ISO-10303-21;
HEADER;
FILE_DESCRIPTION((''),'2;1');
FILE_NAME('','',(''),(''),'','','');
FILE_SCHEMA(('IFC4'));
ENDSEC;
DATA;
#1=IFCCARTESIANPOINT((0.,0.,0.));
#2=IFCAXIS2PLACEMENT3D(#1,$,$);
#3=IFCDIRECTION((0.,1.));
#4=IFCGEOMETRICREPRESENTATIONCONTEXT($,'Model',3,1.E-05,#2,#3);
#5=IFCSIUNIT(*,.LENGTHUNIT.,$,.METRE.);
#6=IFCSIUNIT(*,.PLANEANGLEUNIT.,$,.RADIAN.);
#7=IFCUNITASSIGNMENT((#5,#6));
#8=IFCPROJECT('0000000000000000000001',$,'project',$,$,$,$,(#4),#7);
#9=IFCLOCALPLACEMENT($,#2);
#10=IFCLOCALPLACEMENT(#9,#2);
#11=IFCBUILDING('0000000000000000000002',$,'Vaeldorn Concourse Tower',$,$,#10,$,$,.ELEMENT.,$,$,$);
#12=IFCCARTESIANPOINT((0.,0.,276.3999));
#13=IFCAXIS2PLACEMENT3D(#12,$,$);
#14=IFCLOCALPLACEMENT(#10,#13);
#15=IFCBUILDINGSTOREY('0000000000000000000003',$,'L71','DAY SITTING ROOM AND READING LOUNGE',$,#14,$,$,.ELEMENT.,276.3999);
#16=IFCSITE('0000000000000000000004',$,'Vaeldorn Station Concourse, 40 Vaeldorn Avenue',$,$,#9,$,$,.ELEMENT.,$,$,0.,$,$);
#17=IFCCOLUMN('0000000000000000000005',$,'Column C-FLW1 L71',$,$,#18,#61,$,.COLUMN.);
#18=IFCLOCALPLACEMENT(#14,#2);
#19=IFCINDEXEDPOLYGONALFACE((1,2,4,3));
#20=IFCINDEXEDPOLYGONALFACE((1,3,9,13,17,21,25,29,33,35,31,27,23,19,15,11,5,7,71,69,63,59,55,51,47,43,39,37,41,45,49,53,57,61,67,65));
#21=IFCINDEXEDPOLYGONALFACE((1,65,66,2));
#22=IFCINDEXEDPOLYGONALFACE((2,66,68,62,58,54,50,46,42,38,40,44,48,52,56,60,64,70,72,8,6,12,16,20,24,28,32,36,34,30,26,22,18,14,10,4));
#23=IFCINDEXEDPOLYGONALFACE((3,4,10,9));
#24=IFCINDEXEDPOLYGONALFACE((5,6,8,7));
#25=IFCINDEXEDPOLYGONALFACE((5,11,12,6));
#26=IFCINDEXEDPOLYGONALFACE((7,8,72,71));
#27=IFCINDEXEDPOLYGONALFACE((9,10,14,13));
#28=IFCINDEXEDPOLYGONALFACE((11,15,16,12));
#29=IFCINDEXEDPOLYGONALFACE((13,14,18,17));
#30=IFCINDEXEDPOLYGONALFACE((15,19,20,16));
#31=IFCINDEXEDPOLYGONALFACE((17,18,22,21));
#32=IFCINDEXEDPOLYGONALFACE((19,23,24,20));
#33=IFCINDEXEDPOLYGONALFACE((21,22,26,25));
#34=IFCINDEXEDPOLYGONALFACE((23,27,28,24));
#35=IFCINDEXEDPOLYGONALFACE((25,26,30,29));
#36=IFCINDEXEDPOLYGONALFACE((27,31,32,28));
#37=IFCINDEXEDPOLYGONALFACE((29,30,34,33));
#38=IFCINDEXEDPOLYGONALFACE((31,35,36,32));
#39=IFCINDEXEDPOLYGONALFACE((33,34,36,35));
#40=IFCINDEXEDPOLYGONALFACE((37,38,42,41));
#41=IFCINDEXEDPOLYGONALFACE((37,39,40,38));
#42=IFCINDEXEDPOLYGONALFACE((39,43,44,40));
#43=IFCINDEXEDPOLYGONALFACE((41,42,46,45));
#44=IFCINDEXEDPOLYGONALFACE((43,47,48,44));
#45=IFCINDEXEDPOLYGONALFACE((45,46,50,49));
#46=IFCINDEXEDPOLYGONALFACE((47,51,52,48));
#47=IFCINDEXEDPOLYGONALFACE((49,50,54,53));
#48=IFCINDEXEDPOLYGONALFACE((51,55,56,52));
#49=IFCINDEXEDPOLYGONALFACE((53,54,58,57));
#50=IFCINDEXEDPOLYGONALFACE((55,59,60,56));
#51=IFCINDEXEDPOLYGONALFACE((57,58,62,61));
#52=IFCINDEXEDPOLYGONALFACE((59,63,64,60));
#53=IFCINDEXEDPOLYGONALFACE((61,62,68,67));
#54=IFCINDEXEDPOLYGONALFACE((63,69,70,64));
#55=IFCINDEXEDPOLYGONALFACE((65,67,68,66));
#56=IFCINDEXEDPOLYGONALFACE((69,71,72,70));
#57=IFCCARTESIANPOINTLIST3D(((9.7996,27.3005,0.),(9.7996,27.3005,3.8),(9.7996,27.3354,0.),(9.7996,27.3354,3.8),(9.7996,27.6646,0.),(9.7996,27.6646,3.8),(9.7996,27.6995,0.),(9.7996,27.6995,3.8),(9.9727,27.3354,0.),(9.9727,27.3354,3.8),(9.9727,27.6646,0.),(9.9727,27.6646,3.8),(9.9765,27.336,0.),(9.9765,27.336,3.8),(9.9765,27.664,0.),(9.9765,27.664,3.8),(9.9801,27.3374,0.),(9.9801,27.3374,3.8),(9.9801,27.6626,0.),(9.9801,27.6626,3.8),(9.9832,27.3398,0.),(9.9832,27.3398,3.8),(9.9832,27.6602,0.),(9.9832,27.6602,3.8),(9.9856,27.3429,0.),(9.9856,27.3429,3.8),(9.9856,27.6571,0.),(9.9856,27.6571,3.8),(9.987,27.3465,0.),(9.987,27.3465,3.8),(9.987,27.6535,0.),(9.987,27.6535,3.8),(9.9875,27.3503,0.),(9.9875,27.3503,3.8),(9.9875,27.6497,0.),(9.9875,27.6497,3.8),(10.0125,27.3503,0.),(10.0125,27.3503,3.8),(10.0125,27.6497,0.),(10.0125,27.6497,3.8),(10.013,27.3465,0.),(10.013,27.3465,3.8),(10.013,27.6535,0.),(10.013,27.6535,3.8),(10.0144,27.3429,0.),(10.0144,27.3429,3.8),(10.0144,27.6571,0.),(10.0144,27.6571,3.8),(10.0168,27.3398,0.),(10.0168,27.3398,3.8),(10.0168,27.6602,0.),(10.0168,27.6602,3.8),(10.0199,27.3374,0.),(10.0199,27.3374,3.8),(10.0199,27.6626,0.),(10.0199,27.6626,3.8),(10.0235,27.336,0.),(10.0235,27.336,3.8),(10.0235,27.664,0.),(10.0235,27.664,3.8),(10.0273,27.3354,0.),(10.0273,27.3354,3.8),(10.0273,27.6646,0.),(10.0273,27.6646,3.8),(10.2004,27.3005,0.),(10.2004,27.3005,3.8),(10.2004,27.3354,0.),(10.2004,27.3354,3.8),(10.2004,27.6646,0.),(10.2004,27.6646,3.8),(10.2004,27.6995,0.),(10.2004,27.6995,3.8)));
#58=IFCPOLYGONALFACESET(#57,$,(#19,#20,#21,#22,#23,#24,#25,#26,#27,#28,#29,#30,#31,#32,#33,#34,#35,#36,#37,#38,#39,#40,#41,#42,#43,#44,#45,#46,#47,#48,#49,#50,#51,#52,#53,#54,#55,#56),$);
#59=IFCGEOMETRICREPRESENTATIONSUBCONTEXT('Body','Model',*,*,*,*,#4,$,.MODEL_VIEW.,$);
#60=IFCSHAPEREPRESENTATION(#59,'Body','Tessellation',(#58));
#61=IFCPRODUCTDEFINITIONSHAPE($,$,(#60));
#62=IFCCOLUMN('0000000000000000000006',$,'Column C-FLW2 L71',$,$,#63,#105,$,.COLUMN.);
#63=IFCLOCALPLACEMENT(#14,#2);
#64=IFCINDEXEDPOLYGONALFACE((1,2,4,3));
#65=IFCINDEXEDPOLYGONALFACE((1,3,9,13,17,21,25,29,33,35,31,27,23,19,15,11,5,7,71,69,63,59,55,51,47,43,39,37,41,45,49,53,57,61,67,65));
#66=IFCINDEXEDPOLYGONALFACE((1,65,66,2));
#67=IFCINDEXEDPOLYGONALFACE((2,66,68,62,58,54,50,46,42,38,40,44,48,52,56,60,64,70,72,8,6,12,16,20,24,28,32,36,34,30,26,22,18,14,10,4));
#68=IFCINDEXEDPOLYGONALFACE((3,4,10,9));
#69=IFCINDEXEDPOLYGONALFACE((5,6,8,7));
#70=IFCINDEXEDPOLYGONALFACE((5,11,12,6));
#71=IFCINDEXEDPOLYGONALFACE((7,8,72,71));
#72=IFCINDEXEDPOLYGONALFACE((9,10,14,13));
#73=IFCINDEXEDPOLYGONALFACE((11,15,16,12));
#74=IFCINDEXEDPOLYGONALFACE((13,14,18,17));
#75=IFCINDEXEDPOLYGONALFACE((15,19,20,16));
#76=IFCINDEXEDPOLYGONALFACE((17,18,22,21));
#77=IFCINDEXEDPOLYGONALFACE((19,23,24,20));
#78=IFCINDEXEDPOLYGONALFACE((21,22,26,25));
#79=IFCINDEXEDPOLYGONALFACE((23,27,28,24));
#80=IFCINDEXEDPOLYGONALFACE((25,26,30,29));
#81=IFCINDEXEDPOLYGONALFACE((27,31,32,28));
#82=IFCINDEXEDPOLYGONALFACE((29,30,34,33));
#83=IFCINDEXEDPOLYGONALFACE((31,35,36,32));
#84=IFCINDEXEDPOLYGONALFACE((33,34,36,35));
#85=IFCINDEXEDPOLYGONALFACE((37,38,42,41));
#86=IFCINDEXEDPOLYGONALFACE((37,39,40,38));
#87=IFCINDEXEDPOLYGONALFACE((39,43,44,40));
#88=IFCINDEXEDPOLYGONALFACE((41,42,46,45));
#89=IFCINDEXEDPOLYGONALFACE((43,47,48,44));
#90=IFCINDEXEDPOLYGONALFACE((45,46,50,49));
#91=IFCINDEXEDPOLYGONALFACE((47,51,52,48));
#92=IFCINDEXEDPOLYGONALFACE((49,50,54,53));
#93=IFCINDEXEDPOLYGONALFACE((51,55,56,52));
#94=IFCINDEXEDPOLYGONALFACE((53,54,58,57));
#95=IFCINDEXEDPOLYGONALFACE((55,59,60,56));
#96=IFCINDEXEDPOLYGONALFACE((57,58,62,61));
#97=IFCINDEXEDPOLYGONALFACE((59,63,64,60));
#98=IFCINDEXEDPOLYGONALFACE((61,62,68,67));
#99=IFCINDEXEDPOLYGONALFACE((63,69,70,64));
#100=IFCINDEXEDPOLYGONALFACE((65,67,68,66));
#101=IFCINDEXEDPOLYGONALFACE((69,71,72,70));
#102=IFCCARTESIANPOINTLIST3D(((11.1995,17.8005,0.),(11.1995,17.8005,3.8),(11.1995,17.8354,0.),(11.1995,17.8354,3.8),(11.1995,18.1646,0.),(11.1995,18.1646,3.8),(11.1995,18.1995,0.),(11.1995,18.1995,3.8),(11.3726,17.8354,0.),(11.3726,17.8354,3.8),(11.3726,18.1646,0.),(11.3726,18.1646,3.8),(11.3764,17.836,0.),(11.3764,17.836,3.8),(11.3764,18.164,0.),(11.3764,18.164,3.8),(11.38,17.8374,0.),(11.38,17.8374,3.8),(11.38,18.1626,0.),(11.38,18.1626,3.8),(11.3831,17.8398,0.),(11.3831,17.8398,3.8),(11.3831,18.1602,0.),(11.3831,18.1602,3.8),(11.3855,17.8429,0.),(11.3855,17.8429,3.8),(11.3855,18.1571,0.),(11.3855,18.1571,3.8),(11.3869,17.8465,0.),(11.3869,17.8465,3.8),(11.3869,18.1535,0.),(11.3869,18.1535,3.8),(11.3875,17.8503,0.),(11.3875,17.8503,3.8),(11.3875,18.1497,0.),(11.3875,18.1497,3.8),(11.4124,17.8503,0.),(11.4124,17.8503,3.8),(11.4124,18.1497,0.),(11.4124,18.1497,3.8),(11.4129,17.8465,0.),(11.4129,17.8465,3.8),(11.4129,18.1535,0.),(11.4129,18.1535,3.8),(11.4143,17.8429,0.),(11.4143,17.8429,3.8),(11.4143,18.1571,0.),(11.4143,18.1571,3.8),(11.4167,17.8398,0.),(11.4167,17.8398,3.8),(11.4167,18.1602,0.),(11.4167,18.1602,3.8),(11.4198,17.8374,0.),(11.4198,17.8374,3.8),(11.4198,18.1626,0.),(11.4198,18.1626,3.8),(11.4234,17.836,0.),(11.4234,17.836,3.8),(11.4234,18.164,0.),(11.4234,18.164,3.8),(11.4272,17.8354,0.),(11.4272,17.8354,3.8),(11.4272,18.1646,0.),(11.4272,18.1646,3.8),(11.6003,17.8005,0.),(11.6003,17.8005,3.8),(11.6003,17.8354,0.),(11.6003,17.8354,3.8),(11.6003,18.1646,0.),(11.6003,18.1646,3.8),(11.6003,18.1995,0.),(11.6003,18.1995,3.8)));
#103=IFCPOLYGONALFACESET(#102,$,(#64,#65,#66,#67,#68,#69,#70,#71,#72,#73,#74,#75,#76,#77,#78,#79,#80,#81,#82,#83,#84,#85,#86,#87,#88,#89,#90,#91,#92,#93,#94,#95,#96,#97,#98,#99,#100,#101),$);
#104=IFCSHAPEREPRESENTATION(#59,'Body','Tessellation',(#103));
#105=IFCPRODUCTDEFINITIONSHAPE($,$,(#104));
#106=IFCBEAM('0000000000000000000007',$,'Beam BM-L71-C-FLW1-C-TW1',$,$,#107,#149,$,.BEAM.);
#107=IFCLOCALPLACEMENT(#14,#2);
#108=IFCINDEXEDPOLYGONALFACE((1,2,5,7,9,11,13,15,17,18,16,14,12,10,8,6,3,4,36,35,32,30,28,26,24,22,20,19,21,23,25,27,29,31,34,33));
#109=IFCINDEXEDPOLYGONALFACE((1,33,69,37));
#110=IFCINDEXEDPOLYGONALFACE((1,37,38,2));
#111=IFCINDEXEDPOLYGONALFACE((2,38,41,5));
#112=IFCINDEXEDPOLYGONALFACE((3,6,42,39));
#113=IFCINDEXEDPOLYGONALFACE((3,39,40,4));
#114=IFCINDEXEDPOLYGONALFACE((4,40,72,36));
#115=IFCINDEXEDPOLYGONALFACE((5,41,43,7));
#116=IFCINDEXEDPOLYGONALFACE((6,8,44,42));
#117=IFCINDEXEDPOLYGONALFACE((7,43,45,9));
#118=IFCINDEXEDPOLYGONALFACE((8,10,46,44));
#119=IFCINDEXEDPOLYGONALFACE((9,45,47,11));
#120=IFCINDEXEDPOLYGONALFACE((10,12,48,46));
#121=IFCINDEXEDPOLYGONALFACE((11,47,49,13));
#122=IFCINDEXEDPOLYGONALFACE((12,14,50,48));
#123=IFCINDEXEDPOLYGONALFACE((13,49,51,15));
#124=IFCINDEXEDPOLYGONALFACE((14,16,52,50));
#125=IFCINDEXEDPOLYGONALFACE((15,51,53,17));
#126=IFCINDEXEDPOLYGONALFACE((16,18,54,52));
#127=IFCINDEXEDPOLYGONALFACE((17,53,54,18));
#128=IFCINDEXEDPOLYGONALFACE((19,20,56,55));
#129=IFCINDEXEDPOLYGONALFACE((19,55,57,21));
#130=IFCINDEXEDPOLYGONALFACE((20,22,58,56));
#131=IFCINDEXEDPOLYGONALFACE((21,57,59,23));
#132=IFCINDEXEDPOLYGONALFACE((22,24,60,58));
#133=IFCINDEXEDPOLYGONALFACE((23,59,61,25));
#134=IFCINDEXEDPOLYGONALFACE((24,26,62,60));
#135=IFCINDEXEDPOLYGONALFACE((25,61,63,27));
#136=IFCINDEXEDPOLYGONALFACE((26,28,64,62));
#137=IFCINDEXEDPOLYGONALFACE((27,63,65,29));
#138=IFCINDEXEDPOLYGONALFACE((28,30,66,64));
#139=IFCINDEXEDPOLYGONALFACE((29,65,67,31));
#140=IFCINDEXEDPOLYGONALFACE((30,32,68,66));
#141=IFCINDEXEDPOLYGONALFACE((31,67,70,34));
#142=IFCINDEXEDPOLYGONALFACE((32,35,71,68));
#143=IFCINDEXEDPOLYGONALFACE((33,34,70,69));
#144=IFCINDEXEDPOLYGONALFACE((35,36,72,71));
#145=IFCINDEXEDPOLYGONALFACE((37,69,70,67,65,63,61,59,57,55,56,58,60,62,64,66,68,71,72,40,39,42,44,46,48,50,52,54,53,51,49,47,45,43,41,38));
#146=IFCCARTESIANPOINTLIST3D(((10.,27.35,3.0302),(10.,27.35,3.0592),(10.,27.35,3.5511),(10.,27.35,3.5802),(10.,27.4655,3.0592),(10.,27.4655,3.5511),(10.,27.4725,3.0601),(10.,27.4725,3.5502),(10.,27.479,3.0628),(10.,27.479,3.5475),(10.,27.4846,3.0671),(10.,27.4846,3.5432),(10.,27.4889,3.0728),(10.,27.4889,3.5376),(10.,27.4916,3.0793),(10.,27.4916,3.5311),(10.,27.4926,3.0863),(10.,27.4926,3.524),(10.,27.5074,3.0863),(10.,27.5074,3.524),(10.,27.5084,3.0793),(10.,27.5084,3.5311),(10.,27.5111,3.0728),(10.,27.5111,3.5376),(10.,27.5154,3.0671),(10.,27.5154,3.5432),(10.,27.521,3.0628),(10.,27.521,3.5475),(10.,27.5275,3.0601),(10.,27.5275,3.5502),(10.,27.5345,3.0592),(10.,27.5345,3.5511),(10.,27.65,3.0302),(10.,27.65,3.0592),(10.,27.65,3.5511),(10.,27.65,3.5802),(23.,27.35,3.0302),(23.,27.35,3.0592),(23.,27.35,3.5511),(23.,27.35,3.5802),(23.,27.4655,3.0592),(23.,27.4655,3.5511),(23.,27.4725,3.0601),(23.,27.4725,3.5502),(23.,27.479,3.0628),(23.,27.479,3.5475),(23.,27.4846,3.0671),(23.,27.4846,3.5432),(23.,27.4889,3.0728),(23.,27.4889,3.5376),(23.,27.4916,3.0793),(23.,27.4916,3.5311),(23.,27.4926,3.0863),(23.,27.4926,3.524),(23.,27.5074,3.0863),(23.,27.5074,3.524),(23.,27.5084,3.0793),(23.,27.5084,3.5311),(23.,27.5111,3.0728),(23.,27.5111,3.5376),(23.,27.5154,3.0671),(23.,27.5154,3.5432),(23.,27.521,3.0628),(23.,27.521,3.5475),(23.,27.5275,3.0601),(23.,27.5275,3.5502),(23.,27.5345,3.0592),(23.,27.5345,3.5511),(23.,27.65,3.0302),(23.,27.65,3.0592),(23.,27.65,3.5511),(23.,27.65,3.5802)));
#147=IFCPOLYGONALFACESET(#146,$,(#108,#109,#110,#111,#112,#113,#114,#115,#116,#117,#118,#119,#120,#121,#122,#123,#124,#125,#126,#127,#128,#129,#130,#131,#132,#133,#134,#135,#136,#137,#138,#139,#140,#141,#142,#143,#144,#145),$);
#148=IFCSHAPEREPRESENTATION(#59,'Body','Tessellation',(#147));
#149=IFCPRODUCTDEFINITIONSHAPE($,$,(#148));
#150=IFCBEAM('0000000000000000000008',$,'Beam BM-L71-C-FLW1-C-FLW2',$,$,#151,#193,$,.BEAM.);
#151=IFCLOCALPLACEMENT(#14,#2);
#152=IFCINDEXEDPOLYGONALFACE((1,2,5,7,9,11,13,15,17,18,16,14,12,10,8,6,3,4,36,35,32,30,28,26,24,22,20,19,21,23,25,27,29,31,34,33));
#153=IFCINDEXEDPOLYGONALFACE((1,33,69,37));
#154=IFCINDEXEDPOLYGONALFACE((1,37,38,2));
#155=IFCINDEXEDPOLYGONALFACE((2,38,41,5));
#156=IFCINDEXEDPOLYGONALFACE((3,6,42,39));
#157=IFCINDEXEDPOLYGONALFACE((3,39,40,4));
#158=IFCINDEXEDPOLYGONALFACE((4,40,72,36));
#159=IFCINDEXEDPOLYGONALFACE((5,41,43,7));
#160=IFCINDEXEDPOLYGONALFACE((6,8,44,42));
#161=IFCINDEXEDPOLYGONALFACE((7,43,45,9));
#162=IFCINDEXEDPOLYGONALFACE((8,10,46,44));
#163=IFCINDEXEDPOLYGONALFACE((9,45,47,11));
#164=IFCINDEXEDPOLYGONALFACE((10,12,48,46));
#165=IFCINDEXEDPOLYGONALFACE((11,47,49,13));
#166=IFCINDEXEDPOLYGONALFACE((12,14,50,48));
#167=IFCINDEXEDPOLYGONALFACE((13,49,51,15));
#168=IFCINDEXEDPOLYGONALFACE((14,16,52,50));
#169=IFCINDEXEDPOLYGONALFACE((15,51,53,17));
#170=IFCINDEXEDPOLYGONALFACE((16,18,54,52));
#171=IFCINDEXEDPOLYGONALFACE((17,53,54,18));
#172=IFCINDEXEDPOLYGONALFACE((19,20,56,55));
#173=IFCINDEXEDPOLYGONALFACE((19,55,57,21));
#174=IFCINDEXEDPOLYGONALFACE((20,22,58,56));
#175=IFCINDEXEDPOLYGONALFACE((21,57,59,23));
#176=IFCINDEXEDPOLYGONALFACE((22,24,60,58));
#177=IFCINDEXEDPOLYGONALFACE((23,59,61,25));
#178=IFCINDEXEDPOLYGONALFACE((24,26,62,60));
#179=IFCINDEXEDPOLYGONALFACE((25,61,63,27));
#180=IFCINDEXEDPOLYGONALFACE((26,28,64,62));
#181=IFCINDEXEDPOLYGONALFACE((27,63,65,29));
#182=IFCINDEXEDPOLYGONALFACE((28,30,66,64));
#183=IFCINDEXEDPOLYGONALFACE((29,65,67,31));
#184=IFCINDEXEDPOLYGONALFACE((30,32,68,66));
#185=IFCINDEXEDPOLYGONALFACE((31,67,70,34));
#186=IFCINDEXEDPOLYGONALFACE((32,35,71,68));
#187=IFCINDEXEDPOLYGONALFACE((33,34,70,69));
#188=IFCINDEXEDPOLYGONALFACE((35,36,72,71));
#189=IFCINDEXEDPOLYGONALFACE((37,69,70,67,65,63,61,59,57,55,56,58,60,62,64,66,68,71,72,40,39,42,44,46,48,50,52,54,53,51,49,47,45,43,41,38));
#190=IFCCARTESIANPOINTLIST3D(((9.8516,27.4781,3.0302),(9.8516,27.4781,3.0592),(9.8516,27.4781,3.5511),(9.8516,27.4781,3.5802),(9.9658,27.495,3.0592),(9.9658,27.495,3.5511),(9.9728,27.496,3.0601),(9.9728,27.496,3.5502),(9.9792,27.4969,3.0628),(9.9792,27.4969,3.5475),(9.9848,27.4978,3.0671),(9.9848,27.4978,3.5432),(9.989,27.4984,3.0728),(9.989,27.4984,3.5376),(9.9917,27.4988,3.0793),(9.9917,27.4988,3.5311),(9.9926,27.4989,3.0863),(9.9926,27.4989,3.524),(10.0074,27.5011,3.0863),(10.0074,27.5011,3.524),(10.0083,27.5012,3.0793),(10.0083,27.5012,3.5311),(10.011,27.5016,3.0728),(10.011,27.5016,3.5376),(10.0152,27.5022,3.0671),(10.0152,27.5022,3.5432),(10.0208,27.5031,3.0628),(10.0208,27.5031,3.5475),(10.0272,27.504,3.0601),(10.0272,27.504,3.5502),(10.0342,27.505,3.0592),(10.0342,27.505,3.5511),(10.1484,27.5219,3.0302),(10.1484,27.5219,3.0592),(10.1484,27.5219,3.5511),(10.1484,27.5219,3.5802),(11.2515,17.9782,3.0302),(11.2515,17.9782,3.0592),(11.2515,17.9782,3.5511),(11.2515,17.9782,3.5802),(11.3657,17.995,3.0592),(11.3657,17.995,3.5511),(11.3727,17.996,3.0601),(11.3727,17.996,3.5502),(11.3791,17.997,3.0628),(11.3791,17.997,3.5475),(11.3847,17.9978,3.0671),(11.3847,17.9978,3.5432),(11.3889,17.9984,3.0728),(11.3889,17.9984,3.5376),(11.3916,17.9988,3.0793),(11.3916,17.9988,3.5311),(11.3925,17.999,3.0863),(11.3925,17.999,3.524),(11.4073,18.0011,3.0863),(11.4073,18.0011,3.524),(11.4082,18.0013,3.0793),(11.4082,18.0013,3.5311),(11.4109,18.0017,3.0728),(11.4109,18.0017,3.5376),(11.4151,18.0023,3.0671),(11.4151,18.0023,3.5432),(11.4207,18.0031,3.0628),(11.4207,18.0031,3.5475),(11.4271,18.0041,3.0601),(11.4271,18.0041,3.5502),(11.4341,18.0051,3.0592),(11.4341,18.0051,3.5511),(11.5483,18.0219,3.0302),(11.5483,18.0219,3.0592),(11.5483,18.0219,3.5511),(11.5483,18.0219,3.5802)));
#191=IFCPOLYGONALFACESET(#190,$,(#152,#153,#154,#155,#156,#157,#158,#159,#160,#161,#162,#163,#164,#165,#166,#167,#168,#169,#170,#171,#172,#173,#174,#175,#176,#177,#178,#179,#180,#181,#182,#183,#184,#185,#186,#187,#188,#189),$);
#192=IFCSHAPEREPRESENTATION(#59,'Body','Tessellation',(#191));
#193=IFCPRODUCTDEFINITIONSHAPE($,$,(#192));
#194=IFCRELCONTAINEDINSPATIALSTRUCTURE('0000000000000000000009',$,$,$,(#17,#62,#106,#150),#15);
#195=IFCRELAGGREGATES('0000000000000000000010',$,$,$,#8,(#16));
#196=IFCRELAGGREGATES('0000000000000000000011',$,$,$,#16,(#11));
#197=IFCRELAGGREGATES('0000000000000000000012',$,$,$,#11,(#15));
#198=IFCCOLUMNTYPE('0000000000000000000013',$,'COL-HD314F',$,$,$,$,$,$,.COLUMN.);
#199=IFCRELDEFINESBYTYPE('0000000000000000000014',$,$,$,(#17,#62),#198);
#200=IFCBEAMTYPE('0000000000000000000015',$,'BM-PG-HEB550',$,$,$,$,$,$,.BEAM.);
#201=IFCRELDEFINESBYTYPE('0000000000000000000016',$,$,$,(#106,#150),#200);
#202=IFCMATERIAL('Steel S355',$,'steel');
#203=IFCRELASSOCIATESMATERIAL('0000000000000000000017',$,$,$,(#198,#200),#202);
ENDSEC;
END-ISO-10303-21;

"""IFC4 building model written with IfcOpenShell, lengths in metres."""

from ifc_helpers import new_model, si_unit, direction, frame, origin, origin_2d, place, context, subcontext, project, spatial, i_section, extrude, source, transform, mapped, material, material_profile, profile_set, type_object, element, save


model = new_model("IFC4")

# Units and contexts
model_context = context("Model", 3, precision=1e-05, world=origin(), true_north=direction((0.0, 1.0)))
body_context = subcontext(model_context, "Body", "Model", "MODEL_VIEW")
ifc_project = project(units=[si_unit("LENGTHUNIT", "METRE"), si_unit("PLANEANGLEUNIT", "RADIAN")], contexts=[model_context])

# Site, building, storey
site_placement = place(None, origin())
site = spatial("IfcSite", under=ifc_project, at=site_placement, Name="Vaeldorn Station Concourse, 40 Vaeldorn Avenue", CompositionType="ELEMENT", RefElevation=0.0)
building_placement = place(site_placement, origin())
building = spatial("IfcBuilding", under=site, at=building_placement, Name="Vaeldorn Concourse Tower", CompositionType="ELEMENT")
storey_placement = place(building_placement, frame((0.0, 0.0, 276.3999)))
storey = spatial("IfcBuildingStorey", under=building, at=storey_placement, Name="L71", Description="DAY SITTING ROOM AND READING LOUNGE", CompositionType="ELEMENT", Elevation=276.3999)

# Columns
ifc_material_1 = material(Name="Steel S355", Category="steel")
ifc_material_profile_1 = material_profile(ifc_material_1, i_section(OverallWidth=0.4009, OverallDepth=0.3989, WebThickness=0.0249, FlangeThickness=0.0349, FilletRadius=0.0149, at=origin_2d()), Name="HD 400x314")
ifc_profile_set_1 = profile_set([ifc_material_profile_1], Name="Steel S355")
column_type = type_object("IfcColumnType", Name="COL-HD314F", PredefinedType="COLUMN", material=ifc_profile_set_1)
shared_shape_1 = source(origin(), body_context, "Body", "SweptSolid", [
    extrude(i_section(OverallWidth=0.4009, OverallDepth=0.3989, WebThickness=0.0249, FlangeThickness=0.0349, FilletRadius=0.0149, at=origin_2d()), origin(), (0.0, 0.0, 1.0), 3.8),
])
for number, where, z_axis, x_axis, name in (
    (1, (10.0, 27.5, 0.0), (0.0, 0.0, 1.0), (1.0, 0.0, 0.0), "Column C-FLW1 L71"),
    (2, (11.3999, 18.0, 0.0), (0.0, 0.0, 1.0), (1.0, 0.0, 0.0), "Column C-FLW2 L71"),
):
    element("IfcColumn", number, at=place(storey_placement, frame(where, z_axis=z_axis, x_axis=x_axis)), inside=storey, type_object=column_type, Name=name, PredefinedType="COLUMN", context=body_context, shape_type="MappedRepresentation", body=[
        mapped(shared_shape_1, transform((0.0, 0.0, 0.0), scale=1.0)),
    ])

# Beams
ifc_material_profile_2 = material_profile(ifc_material_1, i_section(OverallWidth=0.3, OverallDepth=0.55, WebThickness=0.0149, FlangeThickness=0.0291, FilletRadius=0.0271, at=origin_2d()), Name="HEB 550")
ifc_profile_set_2 = profile_set([ifc_material_profile_2], Name="Steel S355")
beam_type_1 = type_object("IfcBeamType", Name="BM-PG-HEB550", PredefinedType="BEAM", material=ifc_profile_set_2)
shared_shape_2 = source(origin(), body_context, "Body", "SweptSolid", [
    extrude(i_section(OverallWidth=0.3, OverallDepth=0.55, WebThickness=0.0149, FlangeThickness=0.0291, FilletRadius=0.0271, at=origin_2d()), origin(), (0.0, 0.0, 1.0), 13.0),
])
beam_1_placement = place(storey_placement, frame((10.0, 27.5, 3.3052), z_axis=(1.0, 0.0, 0.0), x_axis=(0.0, 1.0, 0.0)))
element("IfcBeam", 3, at=beam_1_placement, inside=storey, type_object=beam_type_1, Name="Beam BM-L71-C-FLW1-C-TW1", PredefinedType="BEAM", context=body_context, shape_type="MappedRepresentation", body=[
    mapped(shared_shape_2, transform((0.0, 0.0, 0.0), scale=1.0)),
])
shared_shape_3 = source(origin(), body_context, "Body", "SweptSolid", [
    extrude(i_section(OverallWidth=0.3, OverallDepth=0.55, WebThickness=0.0149, FlangeThickness=0.0291, FilletRadius=0.0271, at=origin_2d()), origin(), (0.0, 0.0, 1.0), 9.6025),
])
beam_2_placement = place(storey_placement, frame((10.0, 27.5, 3.3052), z_axis=(0.145784, -0.989316, 0.0), x_axis=(0.989316, 0.145784, 0.0)))
element("IfcBeam", 4, at=beam_2_placement, inside=storey, type_object=beam_type_1, Name="Beam BM-L71-C-FLW1-C-FLW2", PredefinedType="BEAM", context=body_context, shape_type="MappedRepresentation", body=[
    mapped(shared_shape_3, transform((0.0, 0.0, 0.0), scale=1.0)),
])

save(model, "model.ifc")
